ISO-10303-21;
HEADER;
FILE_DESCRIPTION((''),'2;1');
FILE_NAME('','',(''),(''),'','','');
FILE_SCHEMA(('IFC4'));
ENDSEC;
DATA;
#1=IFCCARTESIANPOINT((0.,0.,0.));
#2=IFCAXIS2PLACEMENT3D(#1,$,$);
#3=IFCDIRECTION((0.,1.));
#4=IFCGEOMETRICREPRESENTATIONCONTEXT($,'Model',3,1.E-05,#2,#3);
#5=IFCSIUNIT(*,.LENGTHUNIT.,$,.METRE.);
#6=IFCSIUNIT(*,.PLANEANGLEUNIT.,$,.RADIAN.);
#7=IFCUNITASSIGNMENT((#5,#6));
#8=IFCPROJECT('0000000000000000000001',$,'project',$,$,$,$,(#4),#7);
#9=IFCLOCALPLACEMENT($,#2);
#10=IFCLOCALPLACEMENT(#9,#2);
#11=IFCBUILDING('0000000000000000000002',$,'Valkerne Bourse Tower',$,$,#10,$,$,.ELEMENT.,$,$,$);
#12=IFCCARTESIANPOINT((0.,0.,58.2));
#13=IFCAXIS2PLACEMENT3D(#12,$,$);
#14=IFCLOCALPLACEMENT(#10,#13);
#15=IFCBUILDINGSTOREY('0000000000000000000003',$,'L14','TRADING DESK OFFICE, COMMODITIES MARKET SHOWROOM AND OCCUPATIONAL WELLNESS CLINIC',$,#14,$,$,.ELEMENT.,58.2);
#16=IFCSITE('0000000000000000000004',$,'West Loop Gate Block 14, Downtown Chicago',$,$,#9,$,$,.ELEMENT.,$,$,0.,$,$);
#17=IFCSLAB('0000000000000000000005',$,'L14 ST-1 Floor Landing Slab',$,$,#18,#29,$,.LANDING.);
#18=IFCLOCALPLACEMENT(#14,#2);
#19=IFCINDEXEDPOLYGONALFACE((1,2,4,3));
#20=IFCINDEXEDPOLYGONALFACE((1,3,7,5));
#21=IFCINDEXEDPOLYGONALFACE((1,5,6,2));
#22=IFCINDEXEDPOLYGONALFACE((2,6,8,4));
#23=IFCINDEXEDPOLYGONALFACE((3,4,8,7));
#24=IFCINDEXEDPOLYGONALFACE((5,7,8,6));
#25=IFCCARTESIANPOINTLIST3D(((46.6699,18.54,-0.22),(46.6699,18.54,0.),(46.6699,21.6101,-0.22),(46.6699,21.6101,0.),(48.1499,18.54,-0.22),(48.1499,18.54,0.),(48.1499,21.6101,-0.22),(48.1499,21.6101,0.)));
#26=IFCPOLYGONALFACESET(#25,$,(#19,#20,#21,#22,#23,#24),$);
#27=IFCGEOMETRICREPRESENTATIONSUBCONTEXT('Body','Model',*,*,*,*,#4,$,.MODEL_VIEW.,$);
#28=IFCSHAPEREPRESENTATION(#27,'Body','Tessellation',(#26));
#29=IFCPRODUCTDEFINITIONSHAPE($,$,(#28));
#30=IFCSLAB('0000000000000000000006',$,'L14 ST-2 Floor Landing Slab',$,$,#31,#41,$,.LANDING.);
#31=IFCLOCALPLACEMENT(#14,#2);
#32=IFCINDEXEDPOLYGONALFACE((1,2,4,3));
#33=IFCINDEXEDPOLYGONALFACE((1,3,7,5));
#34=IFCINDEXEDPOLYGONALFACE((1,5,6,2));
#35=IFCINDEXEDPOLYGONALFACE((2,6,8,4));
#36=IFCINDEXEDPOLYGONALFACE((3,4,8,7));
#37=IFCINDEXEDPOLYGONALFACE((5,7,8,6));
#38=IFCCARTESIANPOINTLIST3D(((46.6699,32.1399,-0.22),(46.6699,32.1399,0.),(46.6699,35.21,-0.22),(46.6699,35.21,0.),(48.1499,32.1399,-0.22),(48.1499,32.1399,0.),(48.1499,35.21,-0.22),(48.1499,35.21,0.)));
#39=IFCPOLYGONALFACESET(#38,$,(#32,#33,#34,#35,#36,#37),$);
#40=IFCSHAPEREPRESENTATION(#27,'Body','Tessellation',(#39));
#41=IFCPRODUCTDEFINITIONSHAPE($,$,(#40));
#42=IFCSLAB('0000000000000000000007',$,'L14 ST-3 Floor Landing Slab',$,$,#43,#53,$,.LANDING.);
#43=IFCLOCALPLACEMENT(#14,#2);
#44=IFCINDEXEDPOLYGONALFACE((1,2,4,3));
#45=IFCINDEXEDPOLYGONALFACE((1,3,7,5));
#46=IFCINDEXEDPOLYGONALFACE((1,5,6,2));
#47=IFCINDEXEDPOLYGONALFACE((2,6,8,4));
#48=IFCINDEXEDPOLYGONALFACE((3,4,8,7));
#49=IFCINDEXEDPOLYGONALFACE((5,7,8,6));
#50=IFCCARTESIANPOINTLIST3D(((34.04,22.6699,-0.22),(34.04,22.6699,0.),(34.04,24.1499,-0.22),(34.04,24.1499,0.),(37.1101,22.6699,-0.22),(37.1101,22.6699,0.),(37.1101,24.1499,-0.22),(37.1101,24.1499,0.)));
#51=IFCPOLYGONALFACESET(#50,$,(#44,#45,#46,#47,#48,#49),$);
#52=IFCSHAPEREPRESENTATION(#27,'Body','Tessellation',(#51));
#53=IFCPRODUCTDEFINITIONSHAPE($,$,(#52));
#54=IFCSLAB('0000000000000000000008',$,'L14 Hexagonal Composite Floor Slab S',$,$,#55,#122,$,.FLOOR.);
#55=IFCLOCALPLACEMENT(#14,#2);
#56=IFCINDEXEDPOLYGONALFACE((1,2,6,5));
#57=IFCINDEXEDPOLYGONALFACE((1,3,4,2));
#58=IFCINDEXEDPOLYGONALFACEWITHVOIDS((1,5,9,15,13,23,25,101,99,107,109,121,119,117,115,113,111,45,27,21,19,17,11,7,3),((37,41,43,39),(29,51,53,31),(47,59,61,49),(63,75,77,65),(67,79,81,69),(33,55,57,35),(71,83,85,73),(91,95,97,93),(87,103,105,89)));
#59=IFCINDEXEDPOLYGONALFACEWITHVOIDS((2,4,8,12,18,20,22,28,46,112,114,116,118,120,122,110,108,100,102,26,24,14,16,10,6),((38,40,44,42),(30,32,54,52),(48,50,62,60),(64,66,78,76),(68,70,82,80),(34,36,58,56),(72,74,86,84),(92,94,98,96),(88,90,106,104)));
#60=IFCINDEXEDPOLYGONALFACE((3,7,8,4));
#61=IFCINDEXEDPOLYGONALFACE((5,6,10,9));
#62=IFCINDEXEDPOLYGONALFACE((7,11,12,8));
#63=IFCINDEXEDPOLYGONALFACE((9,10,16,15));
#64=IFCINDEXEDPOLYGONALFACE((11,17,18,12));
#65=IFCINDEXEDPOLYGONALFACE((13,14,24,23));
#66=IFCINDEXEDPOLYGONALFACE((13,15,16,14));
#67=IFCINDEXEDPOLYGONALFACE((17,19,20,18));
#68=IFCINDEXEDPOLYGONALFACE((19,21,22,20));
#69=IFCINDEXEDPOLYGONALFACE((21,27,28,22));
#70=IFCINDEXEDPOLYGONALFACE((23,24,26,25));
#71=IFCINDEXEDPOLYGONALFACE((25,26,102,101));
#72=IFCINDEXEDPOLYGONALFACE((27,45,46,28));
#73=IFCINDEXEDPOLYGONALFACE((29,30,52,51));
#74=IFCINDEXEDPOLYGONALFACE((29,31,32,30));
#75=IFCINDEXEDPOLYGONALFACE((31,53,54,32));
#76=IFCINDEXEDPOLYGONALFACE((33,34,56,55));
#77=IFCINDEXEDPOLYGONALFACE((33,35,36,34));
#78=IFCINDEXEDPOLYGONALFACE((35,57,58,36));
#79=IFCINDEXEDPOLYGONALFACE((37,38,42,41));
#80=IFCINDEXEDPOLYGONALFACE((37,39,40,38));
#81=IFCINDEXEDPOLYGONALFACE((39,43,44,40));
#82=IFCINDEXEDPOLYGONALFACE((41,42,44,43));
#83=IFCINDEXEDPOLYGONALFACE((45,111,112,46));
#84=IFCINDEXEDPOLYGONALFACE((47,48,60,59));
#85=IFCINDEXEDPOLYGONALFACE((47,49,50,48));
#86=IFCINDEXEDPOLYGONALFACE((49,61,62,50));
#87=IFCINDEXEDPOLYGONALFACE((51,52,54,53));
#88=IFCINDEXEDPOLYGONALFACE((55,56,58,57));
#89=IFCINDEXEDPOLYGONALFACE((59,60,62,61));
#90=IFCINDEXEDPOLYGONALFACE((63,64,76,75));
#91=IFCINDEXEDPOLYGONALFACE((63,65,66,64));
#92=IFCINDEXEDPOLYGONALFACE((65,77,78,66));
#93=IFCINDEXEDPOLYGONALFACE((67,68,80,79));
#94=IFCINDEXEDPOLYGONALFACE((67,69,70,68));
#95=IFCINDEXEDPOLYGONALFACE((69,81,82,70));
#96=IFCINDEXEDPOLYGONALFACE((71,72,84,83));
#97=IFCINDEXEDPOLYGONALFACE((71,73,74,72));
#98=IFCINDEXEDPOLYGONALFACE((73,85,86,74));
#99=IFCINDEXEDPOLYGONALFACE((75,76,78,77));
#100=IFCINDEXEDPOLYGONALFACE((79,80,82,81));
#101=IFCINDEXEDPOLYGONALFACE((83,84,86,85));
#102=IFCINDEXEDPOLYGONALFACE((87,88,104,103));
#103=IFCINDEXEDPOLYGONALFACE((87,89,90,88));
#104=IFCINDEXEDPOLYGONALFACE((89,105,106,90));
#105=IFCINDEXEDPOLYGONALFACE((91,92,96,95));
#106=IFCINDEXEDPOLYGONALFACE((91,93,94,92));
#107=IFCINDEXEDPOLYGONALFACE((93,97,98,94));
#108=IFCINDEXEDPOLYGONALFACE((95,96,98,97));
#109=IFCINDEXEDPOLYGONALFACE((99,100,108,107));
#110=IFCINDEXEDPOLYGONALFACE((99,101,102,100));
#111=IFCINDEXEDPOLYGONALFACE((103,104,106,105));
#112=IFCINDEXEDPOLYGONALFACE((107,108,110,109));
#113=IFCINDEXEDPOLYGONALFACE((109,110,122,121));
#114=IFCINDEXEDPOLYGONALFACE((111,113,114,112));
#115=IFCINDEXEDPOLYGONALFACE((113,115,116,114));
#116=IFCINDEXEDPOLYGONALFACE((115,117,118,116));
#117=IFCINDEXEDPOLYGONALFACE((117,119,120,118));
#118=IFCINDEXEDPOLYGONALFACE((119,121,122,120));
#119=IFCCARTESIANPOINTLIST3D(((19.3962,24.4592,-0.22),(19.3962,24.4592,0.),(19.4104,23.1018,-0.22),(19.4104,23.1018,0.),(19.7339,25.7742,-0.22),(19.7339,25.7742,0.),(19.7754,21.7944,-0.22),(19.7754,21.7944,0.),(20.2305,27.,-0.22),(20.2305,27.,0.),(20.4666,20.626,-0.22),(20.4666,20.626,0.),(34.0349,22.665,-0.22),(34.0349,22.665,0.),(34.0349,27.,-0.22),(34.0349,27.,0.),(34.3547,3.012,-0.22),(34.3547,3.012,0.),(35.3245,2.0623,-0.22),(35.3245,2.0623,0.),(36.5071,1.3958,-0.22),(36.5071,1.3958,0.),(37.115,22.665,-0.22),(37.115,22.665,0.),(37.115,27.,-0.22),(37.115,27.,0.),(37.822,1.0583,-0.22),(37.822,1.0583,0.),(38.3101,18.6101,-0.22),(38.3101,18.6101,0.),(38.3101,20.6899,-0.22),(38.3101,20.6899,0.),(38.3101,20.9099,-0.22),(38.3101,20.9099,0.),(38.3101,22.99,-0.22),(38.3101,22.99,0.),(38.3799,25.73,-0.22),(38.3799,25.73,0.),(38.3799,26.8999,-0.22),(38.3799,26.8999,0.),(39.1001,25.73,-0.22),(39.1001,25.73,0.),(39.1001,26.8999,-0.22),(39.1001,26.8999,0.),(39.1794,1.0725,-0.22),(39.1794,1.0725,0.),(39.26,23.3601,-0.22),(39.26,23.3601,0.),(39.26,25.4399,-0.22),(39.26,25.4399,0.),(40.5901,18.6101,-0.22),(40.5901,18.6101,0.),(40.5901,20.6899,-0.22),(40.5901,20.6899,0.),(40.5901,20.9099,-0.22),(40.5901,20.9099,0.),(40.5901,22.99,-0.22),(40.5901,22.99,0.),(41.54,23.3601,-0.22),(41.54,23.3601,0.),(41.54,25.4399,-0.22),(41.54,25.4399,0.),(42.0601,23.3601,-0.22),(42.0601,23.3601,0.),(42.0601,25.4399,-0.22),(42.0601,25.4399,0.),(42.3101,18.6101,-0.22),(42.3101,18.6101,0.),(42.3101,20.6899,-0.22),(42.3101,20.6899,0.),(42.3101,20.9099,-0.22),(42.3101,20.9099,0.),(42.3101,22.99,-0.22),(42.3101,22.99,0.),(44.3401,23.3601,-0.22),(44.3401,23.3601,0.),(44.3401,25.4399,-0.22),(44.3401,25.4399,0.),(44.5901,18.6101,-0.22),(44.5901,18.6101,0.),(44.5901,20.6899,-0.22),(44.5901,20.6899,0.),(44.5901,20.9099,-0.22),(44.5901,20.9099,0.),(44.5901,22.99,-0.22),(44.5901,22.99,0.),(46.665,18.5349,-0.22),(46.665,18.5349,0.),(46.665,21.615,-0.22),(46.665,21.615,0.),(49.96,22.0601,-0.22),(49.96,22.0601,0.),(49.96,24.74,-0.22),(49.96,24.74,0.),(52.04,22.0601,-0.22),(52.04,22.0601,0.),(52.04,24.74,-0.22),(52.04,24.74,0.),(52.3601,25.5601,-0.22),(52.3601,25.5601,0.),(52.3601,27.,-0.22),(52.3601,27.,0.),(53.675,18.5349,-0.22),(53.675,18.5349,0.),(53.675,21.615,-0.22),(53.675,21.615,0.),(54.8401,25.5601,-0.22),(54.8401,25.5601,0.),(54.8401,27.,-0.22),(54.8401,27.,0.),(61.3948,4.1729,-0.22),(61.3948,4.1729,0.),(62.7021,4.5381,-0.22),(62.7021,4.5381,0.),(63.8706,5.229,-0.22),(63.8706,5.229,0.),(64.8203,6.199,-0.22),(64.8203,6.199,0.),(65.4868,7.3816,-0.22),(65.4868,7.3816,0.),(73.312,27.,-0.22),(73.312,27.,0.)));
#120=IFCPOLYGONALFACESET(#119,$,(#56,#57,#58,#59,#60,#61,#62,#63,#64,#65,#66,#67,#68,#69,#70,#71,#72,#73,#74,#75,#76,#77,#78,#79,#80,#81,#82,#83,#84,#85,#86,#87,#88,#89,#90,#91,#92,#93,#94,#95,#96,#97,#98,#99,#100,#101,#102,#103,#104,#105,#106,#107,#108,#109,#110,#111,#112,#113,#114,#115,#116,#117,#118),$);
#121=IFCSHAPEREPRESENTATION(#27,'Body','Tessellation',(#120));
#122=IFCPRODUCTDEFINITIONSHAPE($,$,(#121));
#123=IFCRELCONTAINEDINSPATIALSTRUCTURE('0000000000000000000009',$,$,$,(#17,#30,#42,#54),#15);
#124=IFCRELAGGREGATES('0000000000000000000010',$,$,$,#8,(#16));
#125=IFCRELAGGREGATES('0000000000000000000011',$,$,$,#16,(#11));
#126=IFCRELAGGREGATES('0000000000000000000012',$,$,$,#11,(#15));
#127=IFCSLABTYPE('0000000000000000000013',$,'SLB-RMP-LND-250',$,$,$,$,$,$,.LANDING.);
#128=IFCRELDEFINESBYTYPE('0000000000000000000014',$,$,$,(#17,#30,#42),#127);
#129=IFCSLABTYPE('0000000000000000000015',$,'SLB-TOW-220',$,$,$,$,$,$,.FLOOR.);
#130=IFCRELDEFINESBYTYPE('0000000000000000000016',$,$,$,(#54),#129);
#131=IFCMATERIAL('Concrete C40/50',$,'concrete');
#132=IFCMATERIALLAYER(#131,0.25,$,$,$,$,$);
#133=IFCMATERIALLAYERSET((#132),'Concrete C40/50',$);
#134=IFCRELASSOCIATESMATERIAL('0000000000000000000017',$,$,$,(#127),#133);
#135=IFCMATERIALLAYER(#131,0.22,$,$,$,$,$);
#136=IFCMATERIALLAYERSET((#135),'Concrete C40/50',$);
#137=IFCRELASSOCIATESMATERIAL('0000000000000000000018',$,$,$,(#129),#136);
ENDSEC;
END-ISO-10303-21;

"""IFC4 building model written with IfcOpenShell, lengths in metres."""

from ifc_helpers import new_model, si_unit, direction, frame, origin, place, context, subcontext, project, spatial, polyline, outline, extrude, material, layer, layer_set, type_object, element, save


model = new_model("IFC4")

# Units and contexts
model_context = context("Model", 3, precision=1e-05, world=origin(), true_north=direction((0.0, 1.0)))
body_context = subcontext(model_context, "Body", "Model", "MODEL_VIEW")
ifc_project = project(units=[si_unit("LENGTHUNIT", "METRE"), si_unit("PLANEANGLEUNIT", "RADIAN")], contexts=[model_context])

# Site, building, storey
site_placement = place(None, origin())
site = spatial("IfcSite", under=ifc_project, at=site_placement, Name="West Loop Gate Block 14, Downtown Chicago", CompositionType="ELEMENT", RefElevation=0.0)
building_placement = place(site_placement, origin())
building = spatial("IfcBuilding", under=site, at=building_placement, Name="Valkerne Bourse Tower", CompositionType="ELEMENT")
storey_placement = place(building_placement, frame((0.0, 0.0, 58.2)))
storey = spatial("IfcBuildingStorey", under=building, at=storey_placement, Name="L14", Description="TRADING DESK OFFICE, COMMODITIES MARKET SHOWROOM AND OCCUPATIONAL WELLNESS CLINIC", CompositionType="ELEMENT", Elevation=58.2)

# Slabs
ifc_material_1 = material(Name="Concrete C40/50", Category="concrete")
ifc_layer_1 = layer(ifc_material_1, 0.25)
ifc_layer_set_1 = layer_set([ifc_layer_1], Name="Concrete C40/50")
slab_type_1 = type_object("IfcSlabType", Name="SLB-RMP-LND-250", PredefinedType="LANDING", material=ifc_layer_set_1)
slab_1_placement = place(storey_placement, frame((0.0, 0.0, -0.22)))
element("IfcSlab", 1, at=slab_1_placement, inside=storey, type_object=slab_type_1, Name="L14 ST-1 Floor Landing Slab", PredefinedType="LANDING", context=body_context, shape_type="SweptSolid", body=[
    extrude(outline(polyline([(46.6699, 18.54), (48.1499, 18.54), (48.1499, 21.6101), (46.6699, 21.6101), (46.6699, 18.54)])), origin(), (0.0, 0.0, 1.0), 0.22),
])
slab_2_placement = place(storey_placement, frame((0.0, 0.0, -0.22)))
element("IfcSlab", 2, at=slab_2_placement, inside=storey, type_object=slab_type_1, Name="L14 ST-2 Floor Landing Slab", PredefinedType="LANDING", context=body_context, shape_type="SweptSolid", body=[
    extrude(outline(polyline([(46.6699, 32.1399), (48.1499, 32.1399), (48.1499, 35.21), (46.6699, 35.21), (46.6699, 32.1399)])), origin(), (0.0, 0.0, 1.0), 0.22),
])
slab_3_placement = place(storey_placement, frame((0.0, 0.0, -0.22)))
element("IfcSlab", 3, at=slab_3_placement, inside=storey, type_object=slab_type_1, Name="L14 ST-3 Floor Landing Slab", PredefinedType="LANDING", context=body_context, shape_type="SweptSolid", body=[
    extrude(outline(polyline([(37.1101, 22.6699), (37.1101, 24.1499), (34.04, 24.1499), (34.04, 22.6699), (37.1101, 22.6699)])), origin(), (0.0, 0.0, 1.0), 0.22),
])
ifc_layer_2 = layer(ifc_material_1, 0.22)
ifc_layer_set_2 = layer_set([ifc_layer_2], Name="Concrete C40/50")
slab_type_2 = type_object("IfcSlabType", Name="SLB-TOW-220", PredefinedType="FLOOR", material=ifc_layer_set_2)
slab_4_placement = place(storey_placement, frame((0.0, 0.0, -0.22)))
element("IfcSlab", 4, at=slab_4_placement, inside=storey, type_object=slab_type_2, Name="L14 Hexagonal Composite Floor Slab S", PredefinedType="FLOOR", context=body_context, shape_type="SweptSolid", body=[
    extrude(outline(polyline([(64.8203, 6.199), (63.8706, 5.229), (62.7021, 4.5381), (61.3948, 4.1729), (39.1794, 1.0725), (37.822, 1.0583), (36.5071, 1.3958), (35.3245, 2.0623), (34.3547, 3.012), (20.4666, 20.626), (19.7754, 21.7944), (19.4104, 23.1018), (19.3962, 24.4592), (19.7339, 25.7742), (20.2305, 27.0), (34.0349, 27.0), (34.0349, 22.665), (37.115, 22.665), (37.115, 27.0), (52.3601, 27.0), (52.3601, 25.5601), (54.8401, 25.5601), (54.8401, 27.0), (73.312, 27.0), (65.4868, 7.3816), (64.8203, 6.199)]), holes=[polyline([(40.5901, 20.6899), (38.3101, 20.6899), (38.3101, 18.6101), (40.5901, 18.6101), (40.5901, 20.6899)]), polyline([(40.5901, 22.99), (38.3101, 22.99), (38.3101, 20.9099), (40.5901, 20.9099), (40.5901, 22.99)]), polyline([(41.54, 25.4399), (39.26, 25.4399), (39.26, 23.3601), (41.54, 23.3601), (41.54, 25.4399)]), polyline([(39.1001, 25.73), (39.1001, 26.8999), (38.3799, 26.8999), (38.3799, 25.73), (39.1001, 25.73)]), polyline([(44.5901, 20.6899), (42.3101, 20.6899), (42.3101, 18.6101), (44.5901, 18.6101), (44.5901, 20.6899)]), polyline([(53.675, 21.615), (46.665, 21.615), (46.665, 18.5349), (53.675, 18.5349), (53.675, 21.615)]), polyline([(44.5901, 22.99), (42.3101, 22.99), (42.3101, 20.9099), (44.5901, 20.9099), (44.5901, 22.99)]), polyline([(52.04, 22.0601), (52.04, 24.74), (49.96, 24.74), (49.96, 22.0601), (52.04, 22.0601)]), polyline([(44.3401, 23.3601), (44.3401, 25.4399), (42.0601, 25.4399), (42.0601, 23.3601), (44.3401, 23.3601)])]), origin(), (0.0, 0.0, 1.0), 0.22),
])

save(model, "model.ifc")
